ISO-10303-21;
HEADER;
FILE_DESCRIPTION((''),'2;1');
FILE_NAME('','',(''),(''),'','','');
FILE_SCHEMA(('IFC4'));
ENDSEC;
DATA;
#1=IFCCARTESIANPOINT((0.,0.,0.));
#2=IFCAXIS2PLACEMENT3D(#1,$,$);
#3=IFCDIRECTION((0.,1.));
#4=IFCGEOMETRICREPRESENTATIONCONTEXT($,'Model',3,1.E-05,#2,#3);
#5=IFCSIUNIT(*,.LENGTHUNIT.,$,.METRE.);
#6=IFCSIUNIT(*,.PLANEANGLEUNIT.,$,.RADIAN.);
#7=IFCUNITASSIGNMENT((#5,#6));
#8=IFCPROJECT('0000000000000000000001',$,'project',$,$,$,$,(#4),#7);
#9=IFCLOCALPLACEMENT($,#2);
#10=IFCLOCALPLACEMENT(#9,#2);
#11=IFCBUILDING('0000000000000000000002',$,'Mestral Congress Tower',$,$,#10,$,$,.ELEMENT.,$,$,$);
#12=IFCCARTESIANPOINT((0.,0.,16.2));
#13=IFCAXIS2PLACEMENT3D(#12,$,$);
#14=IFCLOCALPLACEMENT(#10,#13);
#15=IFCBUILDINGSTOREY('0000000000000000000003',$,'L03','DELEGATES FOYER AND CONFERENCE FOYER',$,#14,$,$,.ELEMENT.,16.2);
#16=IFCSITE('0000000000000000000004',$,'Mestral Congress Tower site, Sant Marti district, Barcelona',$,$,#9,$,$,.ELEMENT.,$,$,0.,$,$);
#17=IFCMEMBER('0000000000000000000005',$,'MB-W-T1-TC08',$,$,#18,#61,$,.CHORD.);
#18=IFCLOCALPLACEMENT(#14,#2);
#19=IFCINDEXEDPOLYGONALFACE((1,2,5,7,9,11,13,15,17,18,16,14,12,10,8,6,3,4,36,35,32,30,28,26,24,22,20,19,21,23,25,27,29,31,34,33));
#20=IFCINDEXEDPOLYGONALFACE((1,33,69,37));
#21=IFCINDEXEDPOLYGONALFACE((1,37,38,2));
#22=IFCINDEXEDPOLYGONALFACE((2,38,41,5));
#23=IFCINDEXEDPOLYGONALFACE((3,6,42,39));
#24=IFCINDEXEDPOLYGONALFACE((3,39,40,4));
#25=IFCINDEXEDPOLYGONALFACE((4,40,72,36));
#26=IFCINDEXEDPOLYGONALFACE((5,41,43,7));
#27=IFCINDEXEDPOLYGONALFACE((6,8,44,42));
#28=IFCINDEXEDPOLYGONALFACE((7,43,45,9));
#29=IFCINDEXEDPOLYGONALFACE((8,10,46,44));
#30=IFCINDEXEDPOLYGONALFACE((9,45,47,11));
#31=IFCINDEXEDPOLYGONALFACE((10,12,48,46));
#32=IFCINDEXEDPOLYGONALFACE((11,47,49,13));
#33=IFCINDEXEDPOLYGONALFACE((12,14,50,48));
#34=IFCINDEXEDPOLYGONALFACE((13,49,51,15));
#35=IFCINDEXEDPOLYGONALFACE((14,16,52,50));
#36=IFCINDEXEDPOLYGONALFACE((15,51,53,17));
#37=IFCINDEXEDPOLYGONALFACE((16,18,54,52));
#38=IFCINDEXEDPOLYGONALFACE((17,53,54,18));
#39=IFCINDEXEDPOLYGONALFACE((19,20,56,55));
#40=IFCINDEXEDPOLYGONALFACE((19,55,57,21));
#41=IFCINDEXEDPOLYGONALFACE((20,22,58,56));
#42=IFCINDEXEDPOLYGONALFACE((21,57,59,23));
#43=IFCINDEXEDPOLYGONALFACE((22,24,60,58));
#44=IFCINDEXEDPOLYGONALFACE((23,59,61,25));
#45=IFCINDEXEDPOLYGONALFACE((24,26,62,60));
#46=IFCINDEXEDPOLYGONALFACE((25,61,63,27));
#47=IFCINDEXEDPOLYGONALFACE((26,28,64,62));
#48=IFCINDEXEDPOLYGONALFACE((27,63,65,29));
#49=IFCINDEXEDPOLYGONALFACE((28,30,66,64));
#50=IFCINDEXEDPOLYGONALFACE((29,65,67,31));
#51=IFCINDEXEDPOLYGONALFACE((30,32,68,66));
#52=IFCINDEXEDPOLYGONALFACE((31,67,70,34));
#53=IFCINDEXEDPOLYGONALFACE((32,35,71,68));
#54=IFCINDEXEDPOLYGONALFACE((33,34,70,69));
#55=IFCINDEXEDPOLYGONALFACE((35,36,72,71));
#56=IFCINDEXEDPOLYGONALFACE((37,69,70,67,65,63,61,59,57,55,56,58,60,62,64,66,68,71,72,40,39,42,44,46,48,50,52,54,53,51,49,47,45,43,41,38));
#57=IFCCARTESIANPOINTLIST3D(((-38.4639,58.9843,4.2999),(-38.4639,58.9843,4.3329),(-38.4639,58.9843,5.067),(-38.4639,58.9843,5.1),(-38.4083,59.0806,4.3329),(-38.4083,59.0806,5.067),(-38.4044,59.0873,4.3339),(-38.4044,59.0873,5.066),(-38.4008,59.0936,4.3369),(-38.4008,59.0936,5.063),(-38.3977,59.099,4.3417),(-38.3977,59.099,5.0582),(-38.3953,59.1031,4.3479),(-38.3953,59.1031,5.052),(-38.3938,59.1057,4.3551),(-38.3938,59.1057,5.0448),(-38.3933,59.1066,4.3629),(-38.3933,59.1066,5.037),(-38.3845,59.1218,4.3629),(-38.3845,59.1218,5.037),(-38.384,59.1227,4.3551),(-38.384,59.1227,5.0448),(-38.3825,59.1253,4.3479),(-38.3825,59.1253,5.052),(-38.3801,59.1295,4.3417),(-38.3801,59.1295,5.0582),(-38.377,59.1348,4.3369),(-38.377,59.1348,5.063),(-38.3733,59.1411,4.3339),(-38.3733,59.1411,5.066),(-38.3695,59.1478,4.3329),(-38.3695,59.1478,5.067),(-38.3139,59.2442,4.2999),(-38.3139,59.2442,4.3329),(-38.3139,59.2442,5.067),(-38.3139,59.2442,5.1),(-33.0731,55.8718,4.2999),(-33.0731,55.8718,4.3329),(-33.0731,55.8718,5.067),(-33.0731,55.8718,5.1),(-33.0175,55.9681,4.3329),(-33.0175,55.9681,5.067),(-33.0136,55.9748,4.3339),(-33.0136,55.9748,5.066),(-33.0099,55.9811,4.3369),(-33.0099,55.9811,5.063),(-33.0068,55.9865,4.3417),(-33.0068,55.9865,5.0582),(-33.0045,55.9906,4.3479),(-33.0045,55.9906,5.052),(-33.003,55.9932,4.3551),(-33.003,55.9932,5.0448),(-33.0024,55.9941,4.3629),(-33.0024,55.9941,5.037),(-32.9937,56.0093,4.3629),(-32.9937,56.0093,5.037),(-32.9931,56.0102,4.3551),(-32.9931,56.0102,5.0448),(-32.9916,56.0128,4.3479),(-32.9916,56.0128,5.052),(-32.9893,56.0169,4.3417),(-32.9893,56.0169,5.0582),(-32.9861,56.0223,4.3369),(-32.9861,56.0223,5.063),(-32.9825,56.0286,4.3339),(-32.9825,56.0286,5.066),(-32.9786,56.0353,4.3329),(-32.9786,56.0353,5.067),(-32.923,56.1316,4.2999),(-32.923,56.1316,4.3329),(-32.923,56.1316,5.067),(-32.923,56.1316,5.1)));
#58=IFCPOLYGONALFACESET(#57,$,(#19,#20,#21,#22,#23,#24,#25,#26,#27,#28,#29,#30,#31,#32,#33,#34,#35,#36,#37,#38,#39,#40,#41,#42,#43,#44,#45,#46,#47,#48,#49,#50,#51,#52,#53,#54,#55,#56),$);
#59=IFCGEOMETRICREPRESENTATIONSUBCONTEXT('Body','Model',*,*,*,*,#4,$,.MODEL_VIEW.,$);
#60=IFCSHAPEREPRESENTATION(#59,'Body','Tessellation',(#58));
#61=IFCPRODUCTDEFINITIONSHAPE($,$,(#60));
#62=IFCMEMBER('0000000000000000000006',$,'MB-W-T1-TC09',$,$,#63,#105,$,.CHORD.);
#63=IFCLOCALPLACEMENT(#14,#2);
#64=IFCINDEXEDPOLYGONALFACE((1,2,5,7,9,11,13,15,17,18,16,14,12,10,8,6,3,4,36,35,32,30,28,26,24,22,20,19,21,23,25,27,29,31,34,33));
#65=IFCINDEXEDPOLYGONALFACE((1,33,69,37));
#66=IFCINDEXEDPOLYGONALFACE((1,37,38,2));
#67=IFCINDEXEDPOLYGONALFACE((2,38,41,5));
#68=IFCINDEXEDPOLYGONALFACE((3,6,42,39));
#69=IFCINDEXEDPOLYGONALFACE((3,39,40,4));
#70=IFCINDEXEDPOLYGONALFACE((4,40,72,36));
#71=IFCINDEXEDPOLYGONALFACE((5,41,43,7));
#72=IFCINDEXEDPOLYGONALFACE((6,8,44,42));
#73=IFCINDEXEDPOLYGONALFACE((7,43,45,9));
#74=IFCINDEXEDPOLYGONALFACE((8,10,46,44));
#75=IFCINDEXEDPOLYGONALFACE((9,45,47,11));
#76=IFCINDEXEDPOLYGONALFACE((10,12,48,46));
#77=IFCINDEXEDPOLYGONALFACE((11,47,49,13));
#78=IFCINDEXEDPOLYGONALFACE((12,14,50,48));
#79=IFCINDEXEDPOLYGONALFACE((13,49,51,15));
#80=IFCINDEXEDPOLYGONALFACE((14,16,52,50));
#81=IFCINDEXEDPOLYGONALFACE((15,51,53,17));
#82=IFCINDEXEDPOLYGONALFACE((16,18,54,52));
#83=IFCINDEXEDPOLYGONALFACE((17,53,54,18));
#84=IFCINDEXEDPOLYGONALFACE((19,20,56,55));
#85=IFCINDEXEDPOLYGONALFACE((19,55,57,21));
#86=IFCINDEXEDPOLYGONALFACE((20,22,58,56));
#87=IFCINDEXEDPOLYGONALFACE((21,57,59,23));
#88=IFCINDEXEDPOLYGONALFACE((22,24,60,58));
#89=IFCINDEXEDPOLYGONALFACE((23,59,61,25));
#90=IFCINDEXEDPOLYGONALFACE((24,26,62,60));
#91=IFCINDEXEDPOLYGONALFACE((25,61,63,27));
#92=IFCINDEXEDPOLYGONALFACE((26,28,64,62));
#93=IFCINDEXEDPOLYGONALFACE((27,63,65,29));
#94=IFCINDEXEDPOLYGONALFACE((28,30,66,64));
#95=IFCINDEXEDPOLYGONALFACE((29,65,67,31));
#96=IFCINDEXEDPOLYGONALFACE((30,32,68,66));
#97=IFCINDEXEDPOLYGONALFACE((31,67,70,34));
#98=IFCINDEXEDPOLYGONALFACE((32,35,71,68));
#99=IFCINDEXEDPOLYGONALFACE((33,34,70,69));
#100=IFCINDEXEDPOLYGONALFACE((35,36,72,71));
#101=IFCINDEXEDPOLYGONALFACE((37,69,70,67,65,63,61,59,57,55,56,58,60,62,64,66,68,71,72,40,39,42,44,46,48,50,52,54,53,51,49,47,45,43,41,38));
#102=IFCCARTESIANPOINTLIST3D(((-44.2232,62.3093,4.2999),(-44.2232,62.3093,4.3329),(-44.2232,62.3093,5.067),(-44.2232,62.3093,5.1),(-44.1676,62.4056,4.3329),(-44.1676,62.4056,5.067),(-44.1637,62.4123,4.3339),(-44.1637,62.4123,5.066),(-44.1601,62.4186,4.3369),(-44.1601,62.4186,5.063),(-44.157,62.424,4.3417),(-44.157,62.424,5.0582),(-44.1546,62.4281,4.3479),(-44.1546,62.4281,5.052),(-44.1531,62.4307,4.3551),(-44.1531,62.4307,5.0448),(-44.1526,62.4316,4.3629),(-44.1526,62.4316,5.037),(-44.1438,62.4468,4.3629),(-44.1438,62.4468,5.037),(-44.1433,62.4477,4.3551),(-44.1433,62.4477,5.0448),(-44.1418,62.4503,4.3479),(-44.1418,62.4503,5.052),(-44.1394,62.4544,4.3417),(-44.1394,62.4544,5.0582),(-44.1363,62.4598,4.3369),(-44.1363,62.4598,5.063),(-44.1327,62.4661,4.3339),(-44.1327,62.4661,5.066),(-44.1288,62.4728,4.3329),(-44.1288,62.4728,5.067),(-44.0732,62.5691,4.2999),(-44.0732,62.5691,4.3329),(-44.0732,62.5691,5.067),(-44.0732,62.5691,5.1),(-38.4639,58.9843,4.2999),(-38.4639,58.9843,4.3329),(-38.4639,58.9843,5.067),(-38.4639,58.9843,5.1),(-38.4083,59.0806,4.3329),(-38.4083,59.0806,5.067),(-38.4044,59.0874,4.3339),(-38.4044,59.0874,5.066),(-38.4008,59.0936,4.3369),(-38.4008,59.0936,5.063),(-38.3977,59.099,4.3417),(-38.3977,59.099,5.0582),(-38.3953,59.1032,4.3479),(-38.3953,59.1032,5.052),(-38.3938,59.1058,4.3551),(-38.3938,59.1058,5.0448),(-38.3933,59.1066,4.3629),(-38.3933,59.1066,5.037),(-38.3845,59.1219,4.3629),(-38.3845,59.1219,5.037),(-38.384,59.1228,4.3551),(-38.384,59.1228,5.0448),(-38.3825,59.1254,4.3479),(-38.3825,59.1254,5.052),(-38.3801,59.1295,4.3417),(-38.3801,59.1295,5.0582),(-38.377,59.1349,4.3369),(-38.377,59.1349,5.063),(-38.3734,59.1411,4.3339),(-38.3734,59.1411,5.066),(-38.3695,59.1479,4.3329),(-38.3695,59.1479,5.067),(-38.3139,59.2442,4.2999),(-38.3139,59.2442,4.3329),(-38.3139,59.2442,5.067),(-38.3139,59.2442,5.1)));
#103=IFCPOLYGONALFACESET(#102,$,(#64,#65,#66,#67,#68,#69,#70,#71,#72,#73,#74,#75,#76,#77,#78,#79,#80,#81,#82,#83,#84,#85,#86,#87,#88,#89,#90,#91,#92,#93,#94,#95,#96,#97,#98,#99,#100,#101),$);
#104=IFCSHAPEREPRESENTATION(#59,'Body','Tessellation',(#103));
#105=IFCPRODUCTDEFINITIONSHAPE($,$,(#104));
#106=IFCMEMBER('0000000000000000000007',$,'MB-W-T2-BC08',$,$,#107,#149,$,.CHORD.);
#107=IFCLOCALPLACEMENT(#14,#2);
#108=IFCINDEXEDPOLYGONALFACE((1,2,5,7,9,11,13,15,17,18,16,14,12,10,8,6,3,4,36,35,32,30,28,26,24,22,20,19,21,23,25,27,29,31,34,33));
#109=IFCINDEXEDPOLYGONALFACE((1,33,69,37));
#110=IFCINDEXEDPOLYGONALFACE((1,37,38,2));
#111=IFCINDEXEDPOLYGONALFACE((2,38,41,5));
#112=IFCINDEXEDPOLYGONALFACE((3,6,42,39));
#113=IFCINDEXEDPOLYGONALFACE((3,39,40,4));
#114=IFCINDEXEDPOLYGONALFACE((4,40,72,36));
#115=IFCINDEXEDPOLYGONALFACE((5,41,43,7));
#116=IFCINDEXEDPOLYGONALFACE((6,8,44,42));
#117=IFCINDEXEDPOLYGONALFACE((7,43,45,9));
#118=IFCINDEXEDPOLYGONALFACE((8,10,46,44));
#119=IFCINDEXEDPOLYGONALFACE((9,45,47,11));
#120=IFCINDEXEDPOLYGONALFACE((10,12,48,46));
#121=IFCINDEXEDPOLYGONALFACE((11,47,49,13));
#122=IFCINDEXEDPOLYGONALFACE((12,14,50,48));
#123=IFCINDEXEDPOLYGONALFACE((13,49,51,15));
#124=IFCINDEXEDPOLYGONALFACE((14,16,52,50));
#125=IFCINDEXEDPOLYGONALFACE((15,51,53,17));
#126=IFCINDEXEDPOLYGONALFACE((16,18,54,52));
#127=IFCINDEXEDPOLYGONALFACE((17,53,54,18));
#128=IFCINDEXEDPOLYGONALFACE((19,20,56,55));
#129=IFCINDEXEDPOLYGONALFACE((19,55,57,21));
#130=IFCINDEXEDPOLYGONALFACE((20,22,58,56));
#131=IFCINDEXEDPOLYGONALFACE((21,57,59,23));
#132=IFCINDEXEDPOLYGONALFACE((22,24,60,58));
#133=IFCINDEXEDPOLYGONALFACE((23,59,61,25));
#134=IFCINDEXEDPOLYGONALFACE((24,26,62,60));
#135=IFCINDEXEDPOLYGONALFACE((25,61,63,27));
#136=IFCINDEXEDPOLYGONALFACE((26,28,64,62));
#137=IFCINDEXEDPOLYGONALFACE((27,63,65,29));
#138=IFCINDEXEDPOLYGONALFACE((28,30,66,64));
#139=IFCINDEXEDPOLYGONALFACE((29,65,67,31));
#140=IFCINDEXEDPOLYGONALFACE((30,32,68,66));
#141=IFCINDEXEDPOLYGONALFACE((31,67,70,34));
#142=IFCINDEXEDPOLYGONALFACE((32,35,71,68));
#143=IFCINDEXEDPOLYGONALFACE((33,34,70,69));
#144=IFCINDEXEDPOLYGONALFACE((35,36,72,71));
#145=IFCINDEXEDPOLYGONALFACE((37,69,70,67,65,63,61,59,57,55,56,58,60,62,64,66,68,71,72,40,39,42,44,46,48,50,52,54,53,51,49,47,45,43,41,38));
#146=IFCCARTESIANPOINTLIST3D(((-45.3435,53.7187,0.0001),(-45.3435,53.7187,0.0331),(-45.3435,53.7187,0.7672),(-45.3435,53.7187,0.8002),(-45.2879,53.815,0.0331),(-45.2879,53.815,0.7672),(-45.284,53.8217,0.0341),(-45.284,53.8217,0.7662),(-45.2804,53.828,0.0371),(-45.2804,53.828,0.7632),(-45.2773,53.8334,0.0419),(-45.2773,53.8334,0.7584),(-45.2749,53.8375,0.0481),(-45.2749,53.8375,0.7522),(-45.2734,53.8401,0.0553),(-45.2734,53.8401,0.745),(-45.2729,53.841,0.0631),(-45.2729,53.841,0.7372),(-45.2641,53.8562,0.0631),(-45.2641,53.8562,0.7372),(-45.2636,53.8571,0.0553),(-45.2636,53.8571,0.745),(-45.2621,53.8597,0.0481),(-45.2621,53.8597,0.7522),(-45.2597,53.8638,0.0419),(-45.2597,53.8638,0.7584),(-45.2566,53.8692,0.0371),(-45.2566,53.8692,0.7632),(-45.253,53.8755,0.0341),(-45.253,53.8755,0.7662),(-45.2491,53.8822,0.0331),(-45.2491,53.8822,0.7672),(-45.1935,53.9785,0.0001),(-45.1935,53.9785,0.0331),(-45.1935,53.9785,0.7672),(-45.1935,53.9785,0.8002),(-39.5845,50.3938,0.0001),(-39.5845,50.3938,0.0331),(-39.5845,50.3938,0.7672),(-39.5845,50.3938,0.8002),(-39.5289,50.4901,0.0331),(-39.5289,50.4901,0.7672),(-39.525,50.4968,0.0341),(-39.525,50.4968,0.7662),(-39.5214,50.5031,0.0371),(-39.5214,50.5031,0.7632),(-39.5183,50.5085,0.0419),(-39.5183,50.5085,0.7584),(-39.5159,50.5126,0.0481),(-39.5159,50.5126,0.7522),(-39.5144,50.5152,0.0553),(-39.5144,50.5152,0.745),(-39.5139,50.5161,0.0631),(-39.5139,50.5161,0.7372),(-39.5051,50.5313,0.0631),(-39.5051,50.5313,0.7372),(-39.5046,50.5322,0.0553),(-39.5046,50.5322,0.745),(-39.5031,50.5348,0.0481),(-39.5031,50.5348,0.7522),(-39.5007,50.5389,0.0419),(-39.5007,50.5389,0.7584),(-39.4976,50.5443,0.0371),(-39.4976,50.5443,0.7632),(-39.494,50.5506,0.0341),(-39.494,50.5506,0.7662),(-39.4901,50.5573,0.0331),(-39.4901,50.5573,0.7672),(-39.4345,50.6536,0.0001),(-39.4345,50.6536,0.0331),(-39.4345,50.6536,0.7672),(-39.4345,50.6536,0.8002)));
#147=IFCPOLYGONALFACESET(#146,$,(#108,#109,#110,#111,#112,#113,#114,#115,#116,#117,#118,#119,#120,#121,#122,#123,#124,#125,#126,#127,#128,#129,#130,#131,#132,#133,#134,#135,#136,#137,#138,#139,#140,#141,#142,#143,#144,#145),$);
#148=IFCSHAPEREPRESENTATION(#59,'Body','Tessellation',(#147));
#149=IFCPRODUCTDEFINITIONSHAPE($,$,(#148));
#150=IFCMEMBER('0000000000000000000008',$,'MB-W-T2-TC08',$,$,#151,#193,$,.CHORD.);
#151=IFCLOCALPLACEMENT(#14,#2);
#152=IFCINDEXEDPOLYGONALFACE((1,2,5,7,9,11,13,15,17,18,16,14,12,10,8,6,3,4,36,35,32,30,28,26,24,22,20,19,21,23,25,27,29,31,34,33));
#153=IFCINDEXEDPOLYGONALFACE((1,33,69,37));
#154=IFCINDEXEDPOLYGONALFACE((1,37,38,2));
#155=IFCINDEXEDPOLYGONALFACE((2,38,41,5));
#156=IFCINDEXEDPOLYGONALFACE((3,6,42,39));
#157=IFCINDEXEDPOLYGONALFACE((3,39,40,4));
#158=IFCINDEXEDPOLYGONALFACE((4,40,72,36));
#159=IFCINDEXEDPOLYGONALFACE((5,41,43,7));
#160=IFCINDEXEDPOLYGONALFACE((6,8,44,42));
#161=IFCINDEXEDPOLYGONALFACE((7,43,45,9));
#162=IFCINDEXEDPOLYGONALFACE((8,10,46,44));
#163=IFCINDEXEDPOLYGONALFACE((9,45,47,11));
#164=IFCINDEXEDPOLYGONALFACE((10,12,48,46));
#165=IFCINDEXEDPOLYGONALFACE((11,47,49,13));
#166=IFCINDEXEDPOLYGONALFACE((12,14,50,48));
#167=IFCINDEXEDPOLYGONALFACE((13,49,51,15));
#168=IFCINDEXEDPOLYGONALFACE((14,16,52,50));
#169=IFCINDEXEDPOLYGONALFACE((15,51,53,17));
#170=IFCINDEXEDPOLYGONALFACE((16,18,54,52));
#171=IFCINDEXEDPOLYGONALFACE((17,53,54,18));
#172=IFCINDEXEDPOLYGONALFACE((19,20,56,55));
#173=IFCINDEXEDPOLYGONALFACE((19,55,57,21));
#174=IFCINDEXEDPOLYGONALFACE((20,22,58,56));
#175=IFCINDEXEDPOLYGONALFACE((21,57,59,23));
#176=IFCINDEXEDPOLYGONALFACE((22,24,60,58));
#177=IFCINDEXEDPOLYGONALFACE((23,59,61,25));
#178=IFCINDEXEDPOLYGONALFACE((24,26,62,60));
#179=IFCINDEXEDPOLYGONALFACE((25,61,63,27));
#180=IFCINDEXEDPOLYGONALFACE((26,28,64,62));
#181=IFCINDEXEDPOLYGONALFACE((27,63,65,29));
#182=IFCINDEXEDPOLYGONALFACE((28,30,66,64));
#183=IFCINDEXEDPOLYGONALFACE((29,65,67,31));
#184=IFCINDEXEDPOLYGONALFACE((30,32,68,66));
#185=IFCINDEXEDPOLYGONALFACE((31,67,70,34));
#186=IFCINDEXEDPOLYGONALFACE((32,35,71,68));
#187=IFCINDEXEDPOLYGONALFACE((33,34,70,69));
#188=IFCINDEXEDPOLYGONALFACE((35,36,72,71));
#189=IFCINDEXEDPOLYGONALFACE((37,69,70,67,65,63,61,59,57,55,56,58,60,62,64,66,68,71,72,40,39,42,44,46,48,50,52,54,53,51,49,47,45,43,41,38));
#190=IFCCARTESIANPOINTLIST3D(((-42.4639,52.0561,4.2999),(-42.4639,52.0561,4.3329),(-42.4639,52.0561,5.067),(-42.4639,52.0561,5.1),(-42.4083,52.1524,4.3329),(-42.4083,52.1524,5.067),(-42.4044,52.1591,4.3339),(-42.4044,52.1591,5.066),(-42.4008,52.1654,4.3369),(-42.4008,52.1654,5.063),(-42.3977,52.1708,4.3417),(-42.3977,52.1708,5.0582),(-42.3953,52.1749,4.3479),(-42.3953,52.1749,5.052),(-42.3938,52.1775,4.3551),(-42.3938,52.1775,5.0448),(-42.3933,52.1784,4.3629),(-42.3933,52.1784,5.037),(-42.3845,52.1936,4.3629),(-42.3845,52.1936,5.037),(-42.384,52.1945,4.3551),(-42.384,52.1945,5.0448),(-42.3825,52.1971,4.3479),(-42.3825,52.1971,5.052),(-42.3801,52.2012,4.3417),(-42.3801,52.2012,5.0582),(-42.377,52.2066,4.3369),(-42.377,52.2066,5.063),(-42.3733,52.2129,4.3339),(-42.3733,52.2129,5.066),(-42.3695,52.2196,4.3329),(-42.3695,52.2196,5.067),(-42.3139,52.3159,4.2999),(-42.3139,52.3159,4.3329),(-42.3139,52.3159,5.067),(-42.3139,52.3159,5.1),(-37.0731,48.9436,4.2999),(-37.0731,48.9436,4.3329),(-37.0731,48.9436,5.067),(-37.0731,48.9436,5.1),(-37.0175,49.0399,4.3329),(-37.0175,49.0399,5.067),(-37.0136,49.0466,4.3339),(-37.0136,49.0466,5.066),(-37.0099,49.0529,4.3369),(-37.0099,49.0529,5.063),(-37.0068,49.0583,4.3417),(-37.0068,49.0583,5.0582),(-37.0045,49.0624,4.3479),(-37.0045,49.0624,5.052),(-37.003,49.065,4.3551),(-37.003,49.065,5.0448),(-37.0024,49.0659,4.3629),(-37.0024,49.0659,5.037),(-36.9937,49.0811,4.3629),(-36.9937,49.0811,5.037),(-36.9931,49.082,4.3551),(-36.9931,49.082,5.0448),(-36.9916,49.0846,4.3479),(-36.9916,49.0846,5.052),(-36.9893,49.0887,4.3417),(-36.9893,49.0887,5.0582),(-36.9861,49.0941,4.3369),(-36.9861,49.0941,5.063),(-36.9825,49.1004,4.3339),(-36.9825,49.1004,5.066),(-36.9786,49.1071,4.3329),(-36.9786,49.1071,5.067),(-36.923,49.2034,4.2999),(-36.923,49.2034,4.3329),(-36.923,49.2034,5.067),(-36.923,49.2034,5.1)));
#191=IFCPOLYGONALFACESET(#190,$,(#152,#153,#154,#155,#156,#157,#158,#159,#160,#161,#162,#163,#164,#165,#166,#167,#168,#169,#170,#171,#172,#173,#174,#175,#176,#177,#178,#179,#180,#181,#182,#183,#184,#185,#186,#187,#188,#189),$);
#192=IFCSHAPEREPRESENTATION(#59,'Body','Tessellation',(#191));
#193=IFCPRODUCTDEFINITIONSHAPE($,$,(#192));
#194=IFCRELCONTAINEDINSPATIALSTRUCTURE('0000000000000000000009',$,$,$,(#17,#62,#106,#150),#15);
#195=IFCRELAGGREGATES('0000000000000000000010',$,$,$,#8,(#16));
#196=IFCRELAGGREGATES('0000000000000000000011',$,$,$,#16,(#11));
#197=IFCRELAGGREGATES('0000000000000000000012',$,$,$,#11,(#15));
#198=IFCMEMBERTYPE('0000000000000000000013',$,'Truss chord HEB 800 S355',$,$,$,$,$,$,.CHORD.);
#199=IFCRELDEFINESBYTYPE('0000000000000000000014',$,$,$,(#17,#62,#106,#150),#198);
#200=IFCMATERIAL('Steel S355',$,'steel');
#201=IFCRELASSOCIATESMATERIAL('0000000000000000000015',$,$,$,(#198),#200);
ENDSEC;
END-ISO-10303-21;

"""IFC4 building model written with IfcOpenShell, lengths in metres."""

from ifc_helpers import new_model, si_unit, direction, frame, origin, origin_2d, place, context, subcontext, project, spatial, i_section, extrude, material, material_profile, profile_set, type_object, element, save


model = new_model("IFC4")

# Units and contexts
model_context = context("Model", 3, precision=1e-05, world=origin(), true_north=direction((0.0, 1.0)))
body_context = subcontext(model_context, "Body", "Model", "MODEL_VIEW")
ifc_project = project(units=[si_unit("LENGTHUNIT", "METRE"), si_unit("PLANEANGLEUNIT", "RADIAN")], contexts=[model_context])

# Site, building, storey
site_placement = place(None, origin())
site = spatial("IfcSite", under=ifc_project, at=site_placement, Name="Mestral Congress Tower site, Sant Marti district, Barcelona", CompositionType="ELEMENT", RefElevation=0.0)
building_placement = place(site_placement, origin())
building = spatial("IfcBuilding", under=site, at=building_placement, Name="Mestral Congress Tower", CompositionType="ELEMENT")
storey_placement = place(building_placement, frame((0.0, 0.0, 16.2)))
storey = spatial("IfcBuildingStorey", under=building, at=storey_placement, Name="L03", Description="DELEGATES FOYER AND CONFERENCE FOYER", CompositionType="ELEMENT", Elevation=16.2)

# Shared definitions
ifc_material_1 = material(Name="Steel S355", Category="steel")

# Members
ifc_material_profile_1 = material_profile(ifc_material_1, i_section(OverallWidth=0.3, OverallDepth=0.8, WebThickness=0.0176, FlangeThickness=0.033, FilletRadius=0.03, at=origin_2d()), Name="HEB 800")
ifc_profile_set_1 = profile_set([ifc_material_profile_1], Name="Steel S355")
member_type_1 = type_object("IfcMemberType", Name="Truss chord HEB 800 S355", PredefinedType="CHORD", material=ifc_profile_set_1)
member_1_placement = place(storey_placement, frame((-32.998, 56.0017, 4.7), z_axis=(-0.866016, 0.500016, 0.0), x_axis=(-0.500016, -0.866016, 0.0)))
element("IfcMember", 1, at=member_1_placement, inside=storey, type_object=member_type_1, Name="MB-W-T1-TC08", PredefinedType="CHORD", context=body_context, shape_type="SweptSolid", body=[
    extrude(i_section(OverallWidth=0.3, OverallDepth=0.8, WebThickness=0.0176, FlangeThickness=0.033, FilletRadius=0.03, at=origin_2d()), origin(), (0.0, 0.0, 1.0), 6.2249),
])
member_2_placement = place(storey_placement, frame((-38.3889, 59.1143, 4.7), z_axis=(-0.866036, 0.499981, 0.0), x_axis=(-0.499981, -0.866036, 0.0)))
element("IfcMember", 2, at=member_2_placement, inside=storey, type_object=member_type_1, Name="MB-W-T1-TC09", PredefinedType="CHORD", context=body_context, shape_type="SweptSolid", body=[
    extrude(i_section(OverallWidth=0.3, OverallDepth=0.8, WebThickness=0.0176, FlangeThickness=0.033, FilletRadius=0.03, at=origin_2d()), origin(), (0.0, 0.0, 1.0), 6.6501),
])
member_3_placement = place(storey_placement, frame((-39.5095, 50.5237, 0.4001), z_axis=(-0.866027, 0.499997, 0.0), x_axis=(-0.499997, -0.866027, 0.0)))
element("IfcMember", 3, at=member_3_placement, inside=storey, type_object=member_type_1, Name="MB-W-T2-BC08", PredefinedType="CHORD", context=body_context, shape_type="SweptSolid", body=[
    extrude(i_section(OverallWidth=0.3, OverallDepth=0.8, WebThickness=0.0176, FlangeThickness=0.033, FilletRadius=0.03, at=origin_2d()), origin(), (0.0, 0.0, 1.0), 6.6499),
])
member_4_placement = place(storey_placement, frame((-36.998, 49.0735, 4.7), z_axis=(-0.866016, 0.500016, 0.0), x_axis=(-0.500016, -0.866016, 0.0)))
element("IfcMember", 4, at=member_4_placement, inside=storey, type_object=member_type_1, Name="MB-W-T2-TC08", PredefinedType="CHORD", context=body_context, shape_type="SweptSolid", body=[
    extrude(i_section(OverallWidth=0.3, OverallDepth=0.8, WebThickness=0.0176, FlangeThickness=0.033, FilletRadius=0.03, at=origin_2d()), origin(), (0.0, 0.0, 1.0), 6.2249),
])

save(model, "model.ifc")
